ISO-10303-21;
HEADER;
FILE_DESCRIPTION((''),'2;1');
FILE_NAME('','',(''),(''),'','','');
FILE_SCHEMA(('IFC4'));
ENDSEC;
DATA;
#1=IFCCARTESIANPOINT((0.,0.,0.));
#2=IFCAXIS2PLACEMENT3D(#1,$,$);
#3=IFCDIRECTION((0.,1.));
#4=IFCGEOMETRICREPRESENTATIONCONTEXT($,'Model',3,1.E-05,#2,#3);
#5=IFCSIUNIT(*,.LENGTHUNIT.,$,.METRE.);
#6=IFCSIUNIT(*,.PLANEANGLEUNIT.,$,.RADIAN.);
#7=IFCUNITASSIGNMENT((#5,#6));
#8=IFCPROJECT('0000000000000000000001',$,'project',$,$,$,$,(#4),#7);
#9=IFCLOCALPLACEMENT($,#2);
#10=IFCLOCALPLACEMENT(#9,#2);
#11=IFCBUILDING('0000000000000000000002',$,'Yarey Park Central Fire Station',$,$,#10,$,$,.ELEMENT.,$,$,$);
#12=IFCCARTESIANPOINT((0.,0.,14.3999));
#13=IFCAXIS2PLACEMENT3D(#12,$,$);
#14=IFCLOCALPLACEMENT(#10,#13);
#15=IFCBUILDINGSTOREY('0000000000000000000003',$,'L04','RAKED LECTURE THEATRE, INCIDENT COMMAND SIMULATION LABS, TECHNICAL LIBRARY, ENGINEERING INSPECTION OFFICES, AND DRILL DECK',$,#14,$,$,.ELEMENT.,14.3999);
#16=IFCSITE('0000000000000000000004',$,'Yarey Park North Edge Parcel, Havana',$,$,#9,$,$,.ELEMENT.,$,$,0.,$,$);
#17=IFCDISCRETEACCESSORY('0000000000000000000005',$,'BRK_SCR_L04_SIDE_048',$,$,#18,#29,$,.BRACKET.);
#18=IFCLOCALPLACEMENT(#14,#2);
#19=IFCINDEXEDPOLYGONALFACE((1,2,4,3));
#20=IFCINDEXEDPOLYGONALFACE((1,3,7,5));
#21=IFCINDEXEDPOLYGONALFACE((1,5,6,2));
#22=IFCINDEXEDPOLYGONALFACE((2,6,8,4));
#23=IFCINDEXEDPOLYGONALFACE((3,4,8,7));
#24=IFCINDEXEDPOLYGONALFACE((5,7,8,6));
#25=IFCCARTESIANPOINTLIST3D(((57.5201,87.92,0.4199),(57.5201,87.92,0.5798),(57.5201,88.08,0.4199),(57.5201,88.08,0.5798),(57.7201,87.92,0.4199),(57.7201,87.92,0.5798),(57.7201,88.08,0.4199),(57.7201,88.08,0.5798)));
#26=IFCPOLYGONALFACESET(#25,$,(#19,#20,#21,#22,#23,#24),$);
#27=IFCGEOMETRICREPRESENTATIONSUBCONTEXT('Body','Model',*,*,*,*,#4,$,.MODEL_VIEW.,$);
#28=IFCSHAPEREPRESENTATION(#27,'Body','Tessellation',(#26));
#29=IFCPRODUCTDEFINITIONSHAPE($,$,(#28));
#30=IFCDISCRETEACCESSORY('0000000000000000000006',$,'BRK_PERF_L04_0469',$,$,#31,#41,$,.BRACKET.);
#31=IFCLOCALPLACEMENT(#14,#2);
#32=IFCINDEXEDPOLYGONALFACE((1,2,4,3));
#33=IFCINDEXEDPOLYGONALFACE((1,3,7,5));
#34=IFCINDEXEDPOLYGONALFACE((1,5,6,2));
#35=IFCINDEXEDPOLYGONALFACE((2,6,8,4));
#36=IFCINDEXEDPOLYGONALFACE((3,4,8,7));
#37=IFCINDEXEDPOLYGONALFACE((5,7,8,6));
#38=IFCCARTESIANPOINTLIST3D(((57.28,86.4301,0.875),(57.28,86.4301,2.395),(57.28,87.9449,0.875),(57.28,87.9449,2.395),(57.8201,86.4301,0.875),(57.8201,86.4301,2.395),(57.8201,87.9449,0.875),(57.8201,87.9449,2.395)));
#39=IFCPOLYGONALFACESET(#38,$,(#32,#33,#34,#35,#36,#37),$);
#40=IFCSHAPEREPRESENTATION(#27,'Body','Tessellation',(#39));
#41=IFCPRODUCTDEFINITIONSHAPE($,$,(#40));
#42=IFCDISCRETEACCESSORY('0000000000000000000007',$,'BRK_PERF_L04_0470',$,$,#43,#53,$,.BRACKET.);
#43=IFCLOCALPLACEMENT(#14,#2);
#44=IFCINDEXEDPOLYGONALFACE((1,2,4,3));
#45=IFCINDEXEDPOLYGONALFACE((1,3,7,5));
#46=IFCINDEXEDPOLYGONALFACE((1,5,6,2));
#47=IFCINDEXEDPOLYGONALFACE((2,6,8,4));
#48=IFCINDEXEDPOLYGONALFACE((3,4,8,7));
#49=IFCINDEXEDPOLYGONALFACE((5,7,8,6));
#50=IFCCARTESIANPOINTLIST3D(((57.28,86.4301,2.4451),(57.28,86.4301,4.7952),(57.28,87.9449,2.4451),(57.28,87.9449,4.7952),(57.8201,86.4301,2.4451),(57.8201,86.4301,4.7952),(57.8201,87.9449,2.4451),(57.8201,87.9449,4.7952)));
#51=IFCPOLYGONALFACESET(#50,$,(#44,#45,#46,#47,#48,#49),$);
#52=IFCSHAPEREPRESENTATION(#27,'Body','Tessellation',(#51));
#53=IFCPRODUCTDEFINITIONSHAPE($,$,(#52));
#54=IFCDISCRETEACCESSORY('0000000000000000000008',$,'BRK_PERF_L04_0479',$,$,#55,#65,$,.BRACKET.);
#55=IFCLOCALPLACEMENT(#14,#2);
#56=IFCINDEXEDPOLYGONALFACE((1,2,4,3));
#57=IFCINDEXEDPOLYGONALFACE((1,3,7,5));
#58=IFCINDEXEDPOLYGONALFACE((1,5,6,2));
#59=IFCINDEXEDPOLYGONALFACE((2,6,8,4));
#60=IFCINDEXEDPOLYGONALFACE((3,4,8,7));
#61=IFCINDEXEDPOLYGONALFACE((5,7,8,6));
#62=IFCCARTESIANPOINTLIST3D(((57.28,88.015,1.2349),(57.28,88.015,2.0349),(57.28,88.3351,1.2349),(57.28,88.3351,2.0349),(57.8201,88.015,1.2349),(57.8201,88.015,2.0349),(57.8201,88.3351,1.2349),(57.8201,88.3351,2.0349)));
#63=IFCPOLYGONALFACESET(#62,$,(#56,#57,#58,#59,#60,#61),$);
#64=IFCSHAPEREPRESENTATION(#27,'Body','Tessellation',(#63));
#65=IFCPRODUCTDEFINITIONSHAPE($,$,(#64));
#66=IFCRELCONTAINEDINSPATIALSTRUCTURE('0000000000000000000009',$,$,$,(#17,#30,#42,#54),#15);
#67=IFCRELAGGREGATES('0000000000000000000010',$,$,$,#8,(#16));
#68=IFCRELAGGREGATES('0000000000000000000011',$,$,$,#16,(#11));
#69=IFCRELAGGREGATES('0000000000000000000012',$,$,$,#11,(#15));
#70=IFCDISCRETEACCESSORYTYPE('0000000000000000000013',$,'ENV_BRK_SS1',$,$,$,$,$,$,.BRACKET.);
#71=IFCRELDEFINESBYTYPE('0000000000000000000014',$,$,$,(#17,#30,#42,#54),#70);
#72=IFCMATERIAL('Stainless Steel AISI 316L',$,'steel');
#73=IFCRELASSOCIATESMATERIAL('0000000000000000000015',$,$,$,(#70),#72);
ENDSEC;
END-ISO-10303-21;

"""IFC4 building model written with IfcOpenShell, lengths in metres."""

from ifc_helpers import new_model, si_unit, direction, frame, origin, origin_2d, place, context, subcontext, project, spatial, rectangle, extrude, material, type_object, element, save


model = new_model("IFC4")

# Units and contexts
model_context = context("Model", 3, precision=1e-05, world=origin(), true_north=direction((0.0, 1.0)))
body_context = subcontext(model_context, "Body", "Model", "MODEL_VIEW")
ifc_project = project(units=[si_unit("LENGTHUNIT", "METRE"), si_unit("PLANEANGLEUNIT", "RADIAN")], contexts=[model_context])

# Site, building, storey
site_placement = place(None, origin())
site = spatial("IfcSite", under=ifc_project, at=site_placement, Name="Yarey Park North Edge Parcel, Havana", CompositionType="ELEMENT", RefElevation=0.0)
building_placement = place(site_placement, origin())
building = spatial("IfcBuilding", under=site, at=building_placement, Name="Yarey Park Central Fire Station", CompositionType="ELEMENT")
storey_placement = place(building_placement, frame((0.0, 0.0, 14.3999)))
storey = spatial("IfcBuildingStorey", under=building, at=storey_placement, Name="L04", Description="RAKED LECTURE THEATRE, INCIDENT COMMAND SIMULATION LABS, TECHNICAL LIBRARY, ENGINEERING INSPECTION OFFICES, AND DRILL DECK", CompositionType="ELEMENT", Elevation=14.3999)

# Discrete accessories
ifc_material_1 = material(Name="Stainless Steel AISI 316L", Category="steel")
discrete_accessory_type = type_object("IfcDiscreteAccessoryType", Name="ENV_BRK_SS1", PredefinedType="BRACKET", material=ifc_material_1)
discrete_accessory_1_placement = place(storey_placement, frame((57.6201, 88.0, 0.4199), z_axis=(0.0, 0.0, 1.0), x_axis=(1.0, 0.0, 0.0)))
element("IfcDiscreteAccessory", 1, at=discrete_accessory_1_placement, inside=storey, type_object=discrete_accessory_type, Name="BRK_SCR_L04_SIDE_048", PredefinedType="BRACKET", context=body_context, shape_type="SweptSolid", body=[
    extrude(rectangle(XDim=0.2, YDim=0.1599, at=origin_2d()), origin(), (0.0, 0.0, 1.0), 0.1599),
])
discrete_accessory_2_placement = place(storey_placement, frame((57.55, 87.1875, 0.875), z_axis=(0.0, 0.0, 1.0), x_axis=(1.0, 0.0, 0.0)))
element("IfcDiscreteAccessory", 2, at=discrete_accessory_2_placement, inside=storey, type_object=discrete_accessory_type, Name="BRK_PERF_L04_0469", PredefinedType="BRACKET", context=body_context, shape_type="SweptSolid", body=[
    extrude(rectangle(XDim=0.54, YDim=1.5149, at=origin_2d()), origin(), (0.0, 0.0, 1.0), 1.52),
])
discrete_accessory_3_placement = place(storey_placement, frame((57.55, 87.1875, 2.4451), z_axis=(0.0, 0.0, 1.0), x_axis=(1.0, 0.0, 0.0)))
element("IfcDiscreteAccessory", 3, at=discrete_accessory_3_placement, inside=storey, type_object=discrete_accessory_type, Name="BRK_PERF_L04_0470", PredefinedType="BRACKET", context=body_context, shape_type="SweptSolid", body=[
    extrude(rectangle(XDim=0.54, YDim=1.5149, at=origin_2d()), origin(), (0.0, 0.0, 1.0), 2.3501),
])
discrete_accessory_4_placement = place(storey_placement, frame((57.55, 88.175, 1.2349), z_axis=(0.0, 0.0, 1.0), x_axis=(1.0, 0.0, 0.0)))
element("IfcDiscreteAccessory", 4, at=discrete_accessory_4_placement, inside=storey, type_object=discrete_accessory_type, Name="BRK_PERF_L04_0479", PredefinedType="BRACKET", context=body_context, shape_type="SweptSolid", body=[
    extrude(rectangle(XDim=0.54, YDim=0.3201, at=origin_2d()), origin(), (0.0, 0.0, 1.0), 0.8),
])

save(model, "model.ifc")
